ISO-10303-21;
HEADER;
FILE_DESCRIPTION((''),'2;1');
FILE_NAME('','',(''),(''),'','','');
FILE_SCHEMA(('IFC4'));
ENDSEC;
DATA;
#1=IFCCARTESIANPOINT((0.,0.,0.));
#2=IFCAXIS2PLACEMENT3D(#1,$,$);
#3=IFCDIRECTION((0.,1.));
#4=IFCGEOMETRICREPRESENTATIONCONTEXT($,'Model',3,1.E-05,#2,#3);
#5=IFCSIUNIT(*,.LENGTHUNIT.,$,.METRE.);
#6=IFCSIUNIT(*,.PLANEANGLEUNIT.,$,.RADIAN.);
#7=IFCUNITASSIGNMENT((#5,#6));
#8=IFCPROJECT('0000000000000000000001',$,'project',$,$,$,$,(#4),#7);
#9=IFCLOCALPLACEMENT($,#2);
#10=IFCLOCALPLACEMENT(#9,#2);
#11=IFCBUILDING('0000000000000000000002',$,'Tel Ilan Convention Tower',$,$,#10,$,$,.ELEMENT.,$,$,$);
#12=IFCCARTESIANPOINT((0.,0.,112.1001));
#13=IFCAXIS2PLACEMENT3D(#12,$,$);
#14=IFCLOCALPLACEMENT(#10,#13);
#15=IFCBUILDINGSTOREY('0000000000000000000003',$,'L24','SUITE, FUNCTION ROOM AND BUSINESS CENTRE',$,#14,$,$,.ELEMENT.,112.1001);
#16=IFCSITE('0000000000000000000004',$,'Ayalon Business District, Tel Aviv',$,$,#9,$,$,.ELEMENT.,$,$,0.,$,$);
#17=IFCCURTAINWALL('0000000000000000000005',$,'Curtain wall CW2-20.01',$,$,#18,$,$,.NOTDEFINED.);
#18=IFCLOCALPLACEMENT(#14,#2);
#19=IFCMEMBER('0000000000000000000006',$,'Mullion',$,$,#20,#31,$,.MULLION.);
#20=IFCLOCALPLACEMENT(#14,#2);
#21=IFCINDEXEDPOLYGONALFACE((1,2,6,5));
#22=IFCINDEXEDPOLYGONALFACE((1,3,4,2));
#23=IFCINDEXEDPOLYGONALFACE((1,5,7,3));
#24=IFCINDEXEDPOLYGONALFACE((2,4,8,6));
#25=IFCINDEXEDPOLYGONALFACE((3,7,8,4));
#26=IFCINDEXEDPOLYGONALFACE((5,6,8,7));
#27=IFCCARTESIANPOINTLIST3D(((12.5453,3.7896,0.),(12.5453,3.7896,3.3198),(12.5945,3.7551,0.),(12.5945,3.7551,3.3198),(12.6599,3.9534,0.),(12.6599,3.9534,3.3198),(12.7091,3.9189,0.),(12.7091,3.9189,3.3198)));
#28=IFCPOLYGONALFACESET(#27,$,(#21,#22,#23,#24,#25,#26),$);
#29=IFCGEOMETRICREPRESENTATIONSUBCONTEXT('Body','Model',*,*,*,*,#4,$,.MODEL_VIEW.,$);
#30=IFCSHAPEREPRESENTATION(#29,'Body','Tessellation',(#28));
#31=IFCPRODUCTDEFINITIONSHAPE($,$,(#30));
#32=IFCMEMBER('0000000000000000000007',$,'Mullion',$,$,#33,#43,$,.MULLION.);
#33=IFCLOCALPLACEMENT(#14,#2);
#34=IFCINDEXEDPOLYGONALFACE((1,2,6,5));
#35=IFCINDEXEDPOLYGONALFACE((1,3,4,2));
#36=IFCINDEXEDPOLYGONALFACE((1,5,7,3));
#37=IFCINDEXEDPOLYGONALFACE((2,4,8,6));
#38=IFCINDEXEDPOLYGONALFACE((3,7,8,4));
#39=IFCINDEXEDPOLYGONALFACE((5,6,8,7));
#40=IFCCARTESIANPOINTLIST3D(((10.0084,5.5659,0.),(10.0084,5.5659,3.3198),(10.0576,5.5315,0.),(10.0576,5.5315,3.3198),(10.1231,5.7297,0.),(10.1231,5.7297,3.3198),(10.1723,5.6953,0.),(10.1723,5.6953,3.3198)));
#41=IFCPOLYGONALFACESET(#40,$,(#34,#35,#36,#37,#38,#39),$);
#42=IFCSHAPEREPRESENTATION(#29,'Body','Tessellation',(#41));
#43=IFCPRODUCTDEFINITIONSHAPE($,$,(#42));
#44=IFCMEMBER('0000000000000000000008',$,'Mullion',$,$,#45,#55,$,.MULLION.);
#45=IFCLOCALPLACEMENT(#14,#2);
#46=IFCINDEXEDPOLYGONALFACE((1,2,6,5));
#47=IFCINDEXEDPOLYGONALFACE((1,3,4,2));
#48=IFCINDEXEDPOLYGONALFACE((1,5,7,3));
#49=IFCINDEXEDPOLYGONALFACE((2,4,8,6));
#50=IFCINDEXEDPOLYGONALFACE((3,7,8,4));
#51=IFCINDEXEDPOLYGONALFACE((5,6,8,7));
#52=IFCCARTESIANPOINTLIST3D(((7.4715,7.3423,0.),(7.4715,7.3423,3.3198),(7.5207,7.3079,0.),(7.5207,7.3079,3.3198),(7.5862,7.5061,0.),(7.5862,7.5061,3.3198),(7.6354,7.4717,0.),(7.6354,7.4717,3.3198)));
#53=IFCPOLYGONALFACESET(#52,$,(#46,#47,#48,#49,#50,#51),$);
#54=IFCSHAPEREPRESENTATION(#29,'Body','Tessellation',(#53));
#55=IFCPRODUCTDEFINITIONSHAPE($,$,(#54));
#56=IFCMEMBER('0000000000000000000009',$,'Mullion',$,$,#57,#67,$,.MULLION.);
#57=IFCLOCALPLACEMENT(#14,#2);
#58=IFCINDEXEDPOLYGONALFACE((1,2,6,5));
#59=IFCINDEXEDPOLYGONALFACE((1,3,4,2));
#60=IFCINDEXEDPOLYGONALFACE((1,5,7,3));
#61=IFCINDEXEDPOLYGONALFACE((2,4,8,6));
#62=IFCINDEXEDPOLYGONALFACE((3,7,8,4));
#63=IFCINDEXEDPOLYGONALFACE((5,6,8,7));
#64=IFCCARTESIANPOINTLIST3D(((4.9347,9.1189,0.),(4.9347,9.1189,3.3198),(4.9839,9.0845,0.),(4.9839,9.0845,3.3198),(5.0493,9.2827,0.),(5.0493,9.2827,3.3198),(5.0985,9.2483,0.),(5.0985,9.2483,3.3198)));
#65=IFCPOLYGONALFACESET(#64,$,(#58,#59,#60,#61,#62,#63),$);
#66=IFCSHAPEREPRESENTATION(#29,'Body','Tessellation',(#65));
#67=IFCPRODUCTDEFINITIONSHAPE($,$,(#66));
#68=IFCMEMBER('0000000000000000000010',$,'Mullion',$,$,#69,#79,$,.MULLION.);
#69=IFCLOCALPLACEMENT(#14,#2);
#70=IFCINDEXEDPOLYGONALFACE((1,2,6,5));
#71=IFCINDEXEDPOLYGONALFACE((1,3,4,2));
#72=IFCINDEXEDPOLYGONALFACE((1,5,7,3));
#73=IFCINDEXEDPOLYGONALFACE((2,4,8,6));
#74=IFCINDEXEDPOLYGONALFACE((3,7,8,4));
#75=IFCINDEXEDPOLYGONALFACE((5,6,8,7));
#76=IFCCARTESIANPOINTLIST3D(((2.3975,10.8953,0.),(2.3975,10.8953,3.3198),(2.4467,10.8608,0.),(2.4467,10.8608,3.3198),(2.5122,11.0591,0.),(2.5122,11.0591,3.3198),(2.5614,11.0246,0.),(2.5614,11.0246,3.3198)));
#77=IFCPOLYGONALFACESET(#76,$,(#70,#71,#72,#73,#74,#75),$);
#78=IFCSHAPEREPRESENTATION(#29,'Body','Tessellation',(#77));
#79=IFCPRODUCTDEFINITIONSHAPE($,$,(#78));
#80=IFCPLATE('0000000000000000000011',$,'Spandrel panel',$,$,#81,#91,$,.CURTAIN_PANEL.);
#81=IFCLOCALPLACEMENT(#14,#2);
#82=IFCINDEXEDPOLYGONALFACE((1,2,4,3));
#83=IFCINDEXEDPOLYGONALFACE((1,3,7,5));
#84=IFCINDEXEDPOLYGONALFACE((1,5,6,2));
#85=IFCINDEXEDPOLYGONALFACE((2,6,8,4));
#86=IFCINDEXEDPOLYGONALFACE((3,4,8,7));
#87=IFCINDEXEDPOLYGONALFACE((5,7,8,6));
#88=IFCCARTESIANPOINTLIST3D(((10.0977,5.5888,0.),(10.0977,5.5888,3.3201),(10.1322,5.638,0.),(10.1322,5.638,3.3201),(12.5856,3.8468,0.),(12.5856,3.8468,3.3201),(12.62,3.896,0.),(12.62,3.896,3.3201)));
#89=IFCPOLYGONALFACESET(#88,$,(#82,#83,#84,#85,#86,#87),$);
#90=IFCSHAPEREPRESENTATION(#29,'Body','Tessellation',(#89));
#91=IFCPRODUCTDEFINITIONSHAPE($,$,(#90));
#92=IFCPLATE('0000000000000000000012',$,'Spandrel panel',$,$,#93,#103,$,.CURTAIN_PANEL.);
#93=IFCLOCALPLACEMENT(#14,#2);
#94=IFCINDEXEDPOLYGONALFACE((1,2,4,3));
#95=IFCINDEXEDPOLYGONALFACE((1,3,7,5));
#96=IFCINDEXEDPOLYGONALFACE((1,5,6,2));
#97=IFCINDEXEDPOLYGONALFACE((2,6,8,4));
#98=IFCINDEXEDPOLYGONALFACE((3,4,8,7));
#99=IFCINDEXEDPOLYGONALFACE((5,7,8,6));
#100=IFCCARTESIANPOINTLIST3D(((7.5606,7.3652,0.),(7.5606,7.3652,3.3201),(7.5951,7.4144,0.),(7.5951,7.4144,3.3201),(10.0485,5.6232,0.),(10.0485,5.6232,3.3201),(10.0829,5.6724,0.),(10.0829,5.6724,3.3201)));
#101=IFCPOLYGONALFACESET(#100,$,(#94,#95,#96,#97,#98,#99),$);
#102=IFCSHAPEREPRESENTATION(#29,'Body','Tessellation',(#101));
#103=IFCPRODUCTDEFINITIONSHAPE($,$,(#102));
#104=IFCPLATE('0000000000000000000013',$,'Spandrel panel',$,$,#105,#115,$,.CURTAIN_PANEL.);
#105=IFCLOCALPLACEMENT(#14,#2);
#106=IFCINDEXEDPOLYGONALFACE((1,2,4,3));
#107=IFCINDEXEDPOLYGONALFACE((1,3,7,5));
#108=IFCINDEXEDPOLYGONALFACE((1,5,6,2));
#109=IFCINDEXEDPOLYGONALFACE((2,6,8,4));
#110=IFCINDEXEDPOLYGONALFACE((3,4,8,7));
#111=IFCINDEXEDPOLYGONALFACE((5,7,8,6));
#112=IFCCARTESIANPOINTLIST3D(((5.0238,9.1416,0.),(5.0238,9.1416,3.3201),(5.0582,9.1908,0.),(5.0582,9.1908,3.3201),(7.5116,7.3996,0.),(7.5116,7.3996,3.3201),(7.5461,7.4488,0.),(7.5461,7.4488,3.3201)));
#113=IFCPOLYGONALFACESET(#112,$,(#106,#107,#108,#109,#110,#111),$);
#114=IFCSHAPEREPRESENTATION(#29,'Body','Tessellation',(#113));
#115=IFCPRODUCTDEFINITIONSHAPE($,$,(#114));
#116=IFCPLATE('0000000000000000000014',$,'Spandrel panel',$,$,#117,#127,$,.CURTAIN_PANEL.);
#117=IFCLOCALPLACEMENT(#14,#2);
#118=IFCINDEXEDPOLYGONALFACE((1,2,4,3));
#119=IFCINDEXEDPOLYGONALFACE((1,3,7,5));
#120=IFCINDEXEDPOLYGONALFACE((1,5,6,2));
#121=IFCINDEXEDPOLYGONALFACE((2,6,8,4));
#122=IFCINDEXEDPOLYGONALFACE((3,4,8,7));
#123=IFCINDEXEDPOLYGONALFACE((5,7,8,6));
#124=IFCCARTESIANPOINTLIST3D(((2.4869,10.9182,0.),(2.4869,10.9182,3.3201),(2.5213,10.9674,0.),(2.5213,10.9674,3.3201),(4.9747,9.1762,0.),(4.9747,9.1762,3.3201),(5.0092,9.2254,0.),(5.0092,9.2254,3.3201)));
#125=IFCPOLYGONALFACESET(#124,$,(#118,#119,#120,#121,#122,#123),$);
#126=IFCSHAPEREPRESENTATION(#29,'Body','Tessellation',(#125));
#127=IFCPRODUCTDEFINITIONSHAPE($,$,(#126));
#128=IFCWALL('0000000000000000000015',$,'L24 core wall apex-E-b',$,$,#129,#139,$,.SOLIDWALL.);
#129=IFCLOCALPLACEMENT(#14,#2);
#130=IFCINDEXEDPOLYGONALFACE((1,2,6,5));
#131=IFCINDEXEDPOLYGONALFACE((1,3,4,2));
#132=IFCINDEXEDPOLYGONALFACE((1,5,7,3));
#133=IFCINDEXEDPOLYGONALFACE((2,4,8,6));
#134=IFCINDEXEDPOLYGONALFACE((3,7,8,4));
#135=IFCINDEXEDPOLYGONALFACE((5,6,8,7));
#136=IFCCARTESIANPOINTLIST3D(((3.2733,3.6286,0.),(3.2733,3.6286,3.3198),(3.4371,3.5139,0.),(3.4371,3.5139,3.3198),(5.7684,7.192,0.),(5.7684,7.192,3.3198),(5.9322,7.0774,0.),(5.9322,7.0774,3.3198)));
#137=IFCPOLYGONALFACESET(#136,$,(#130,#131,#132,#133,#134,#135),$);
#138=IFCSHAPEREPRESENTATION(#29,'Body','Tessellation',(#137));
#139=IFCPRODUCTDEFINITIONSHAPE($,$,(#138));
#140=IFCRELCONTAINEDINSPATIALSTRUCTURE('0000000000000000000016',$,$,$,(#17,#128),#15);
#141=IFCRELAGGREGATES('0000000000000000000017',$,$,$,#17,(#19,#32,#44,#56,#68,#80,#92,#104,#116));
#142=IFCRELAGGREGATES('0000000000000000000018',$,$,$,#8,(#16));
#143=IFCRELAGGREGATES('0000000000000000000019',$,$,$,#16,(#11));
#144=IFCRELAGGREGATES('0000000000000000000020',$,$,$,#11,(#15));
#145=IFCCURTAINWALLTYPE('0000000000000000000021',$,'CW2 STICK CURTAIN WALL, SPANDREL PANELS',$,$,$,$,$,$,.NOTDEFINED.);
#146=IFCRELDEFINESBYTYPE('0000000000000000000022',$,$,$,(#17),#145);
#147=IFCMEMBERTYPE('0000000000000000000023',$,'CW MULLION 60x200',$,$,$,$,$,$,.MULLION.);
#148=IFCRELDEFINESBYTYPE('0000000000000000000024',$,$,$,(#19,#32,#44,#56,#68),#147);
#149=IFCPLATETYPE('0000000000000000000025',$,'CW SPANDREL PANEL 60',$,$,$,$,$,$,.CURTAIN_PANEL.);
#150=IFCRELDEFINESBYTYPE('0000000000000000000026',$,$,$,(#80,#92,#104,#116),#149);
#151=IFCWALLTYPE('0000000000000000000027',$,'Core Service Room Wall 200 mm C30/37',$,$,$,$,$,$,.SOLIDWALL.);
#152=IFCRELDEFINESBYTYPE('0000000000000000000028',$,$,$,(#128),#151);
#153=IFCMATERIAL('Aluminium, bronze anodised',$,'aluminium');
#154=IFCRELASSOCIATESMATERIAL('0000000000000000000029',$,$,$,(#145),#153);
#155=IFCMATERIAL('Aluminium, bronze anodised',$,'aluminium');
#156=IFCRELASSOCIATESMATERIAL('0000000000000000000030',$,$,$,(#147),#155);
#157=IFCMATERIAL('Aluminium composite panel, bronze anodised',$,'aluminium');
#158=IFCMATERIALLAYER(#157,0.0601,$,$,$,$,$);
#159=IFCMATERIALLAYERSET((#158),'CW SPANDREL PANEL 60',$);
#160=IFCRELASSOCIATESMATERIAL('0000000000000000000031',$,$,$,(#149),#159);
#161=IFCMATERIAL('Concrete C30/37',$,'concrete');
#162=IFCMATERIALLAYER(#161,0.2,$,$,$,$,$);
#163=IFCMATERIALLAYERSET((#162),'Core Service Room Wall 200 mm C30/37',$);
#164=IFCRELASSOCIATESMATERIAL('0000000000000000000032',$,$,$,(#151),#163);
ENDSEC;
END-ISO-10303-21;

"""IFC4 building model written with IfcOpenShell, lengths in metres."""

from ifc_helpers import new_model, si_unit, direction, frame, frame_2d, origin, origin_2d, place, context, subcontext, project, spatial, rectangle, extrude, material, layer, layer_set, material_profile, profile_set, type_object, element, aggregate, save


model = new_model("IFC4")

# Units and contexts
model_context = context("Model", 3, precision=1e-05, world=origin(), true_north=direction((0.0, 1.0)))
body_context = subcontext(model_context, "Body", "Model", "MODEL_VIEW")
ifc_project = project(units=[si_unit("LENGTHUNIT", "METRE"), si_unit("PLANEANGLEUNIT", "RADIAN")], contexts=[model_context])

# Site, building, storey
site_placement = place(None, origin())
site = spatial("IfcSite", under=ifc_project, at=site_placement, Name="Ayalon Business District, Tel Aviv", CompositionType="ELEMENT", RefElevation=0.0)
building_placement = place(site_placement, origin())
building = spatial("IfcBuilding", under=site, at=building_placement, Name="Tel Ilan Convention Tower", CompositionType="ELEMENT")
storey_placement = place(building_placement, frame((0.0, 0.0, 112.1001)))
storey = spatial("IfcBuildingStorey", under=building, at=storey_placement, Name="L24", Description="SUITE, FUNCTION ROOM AND BUSINESS CENTRE", CompositionType="ELEMENT", Elevation=112.1001)

# Curtain wall, members, plates
ifc_material_1 = material(Name="Aluminium, bronze anodised", Category="aluminium")
curtain_wall_type = type_object("IfcCurtainWallType", Name="CW2 STICK CURTAIN WALL, SPANDREL PANELS", PredefinedType="NOTDEFINED", material=ifc_material_1)
curtain_wall_placement = place(storey_placement, origin())
curtain_wall = element("IfcCurtainWall", 1, at=curtain_wall_placement, inside=storey, type_object=curtain_wall_type, Name="Curtain wall CW2-20.01", PredefinedType="NOTDEFINED")
ifc_material_2 = material(Name="Aluminium, bronze anodised", Category="aluminium")
ifc_material_profile = material_profile(ifc_material_2, rectangle(XDim=0.0601, YDim=0.2, at=origin_2d()), Name="CW MULLION 60x200")
ifc_profile_set = profile_set([ifc_material_profile], Name="Aluminium, bronze anodised")
member_type = type_object("IfcMemberType", Name="CW MULLION 60x200", PredefinedType="MULLION", material=ifc_profile_set)
member_1_placement = place(storey_placement, frame((12.6272, 3.8542, 0.0), z_axis=(0.0, 0.0, 1.0), x_axis=(-0.819152, 0.573576, 0.0)))
member_1 = element("IfcMember", 2, at=member_1_placement, type_object=member_type, Name="Mullion", PredefinedType="MULLION", context=body_context, shape_type="SweptSolid", body=[
    extrude(rectangle(XDim=0.0601, YDim=0.2, at=origin_2d()), origin(), (0.0, 0.0, 1.0), 3.3198),
])
member_2_placement = place(storey_placement, frame((10.0903, 5.6306, 0.0), z_axis=(0.0, 0.0, 1.0), x_axis=(-0.819152, 0.573576, 0.0)))
member_2 = element("IfcMember", 3, at=member_2_placement, type_object=member_type, Name="Mullion", PredefinedType="MULLION", context=body_context, shape_type="SweptSolid", body=[
    extrude(rectangle(XDim=0.0601, YDim=0.2, at=origin_2d()), origin(), (0.0, 0.0, 1.0), 3.3198),
])
member_3_placement = place(storey_placement, frame((7.5535, 7.407, 0.0), z_axis=(0.0, 0.0, 1.0), x_axis=(-0.819152, 0.573576, 0.0)))
member_3 = element("IfcMember", 4, at=member_3_placement, type_object=member_type, Name="Mullion", PredefinedType="MULLION", context=body_context, shape_type="SweptSolid", body=[
    extrude(rectangle(XDim=0.0601, YDim=0.2, at=origin_2d()), origin(), (0.0, 0.0, 1.0), 3.3198),
])
member_4_placement = place(storey_placement, frame((5.0166, 9.1836, 0.0), z_axis=(0.0, 0.0, 1.0), x_axis=(-0.819152, 0.573576, 0.0)))
member_4 = element("IfcMember", 5, at=member_4_placement, type_object=member_type, Name="Mullion", PredefinedType="MULLION", context=body_context, shape_type="SweptSolid", body=[
    extrude(rectangle(XDim=0.0601, YDim=0.2, at=origin_2d()), origin(), (0.0, 0.0, 1.0), 3.3198),
])
member_5_placement = place(storey_placement, frame((2.4795, 10.96, 0.0), z_axis=(0.0, 0.0, 1.0), x_axis=(-0.819152, 0.573576, 0.0)))
member_5 = element("IfcMember", 6, at=member_5_placement, type_object=member_type, Name="Mullion", PredefinedType="MULLION", context=body_context, shape_type="SweptSolid", body=[
    extrude(rectangle(XDim=0.0601, YDim=0.2, at=origin_2d()), origin(), (0.0, 0.0, 1.0), 3.3198),
])
ifc_material_3 = material(Name="Aluminium composite panel, bronze anodised", Category="aluminium")
ifc_layer_1 = layer(ifc_material_3, 0.0601)
ifc_layer_set_1 = layer_set([ifc_layer_1], Name="CW SPANDREL PANEL 60")
plate_type = type_object("IfcPlateType", Name="CW SPANDREL PANEL 60", PredefinedType="CURTAIN_PANEL", material=ifc_layer_set_1)
plate_1_placement = place(storey_placement, frame((11.3589, 4.7424, 0.0), z_axis=(0.0, 0.0, 1.0), x_axis=(-0.819152, 0.573576, 0.0)))
plate_1 = element("IfcPlate", 7, at=plate_1_placement, type_object=plate_type, Name="Spandrel panel", PredefinedType="CURTAIN_PANEL", context=body_context, shape_type="SweptSolid", body=[
    extrude(rectangle(XDim=3.0371, YDim=0.0601, at=origin_2d()), origin(), (0.0, 0.0, 1.0), 3.3201),
])
plate_2_placement = place(storey_placement, frame((8.8218, 6.5188, 0.0), z_axis=(0.0, 0.0, 1.0), x_axis=(-0.819152, 0.573576, 0.0)))
plate_2 = element("IfcPlate", 8, at=plate_2_placement, type_object=plate_type, Name="Spandrel panel", PredefinedType="CURTAIN_PANEL", context=body_context, shape_type="SweptSolid", body=[
    extrude(rectangle(XDim=3.0371, YDim=0.0601, at=origin_2d()), origin(), (0.0, 0.0, 1.0), 3.3201),
])
plate_3_placement = place(storey_placement, frame((6.2849, 8.2952, 0.0), z_axis=(0.0, 0.0, 1.0), x_axis=(-0.819152, 0.573576, 0.0)))
plate_3 = element("IfcPlate", 9, at=plate_3_placement, type_object=plate_type, Name="Spandrel panel", PredefinedType="CURTAIN_PANEL", context=body_context, shape_type="SweptSolid", body=[
    extrude(rectangle(XDim=3.0371, YDim=0.0601, at=origin_2d()), origin(), (0.0, 0.0, 1.0), 3.3201),
])
plate_4_placement = place(storey_placement, frame((3.748, 10.0718, 0.0), z_axis=(0.0, 0.0, 1.0), x_axis=(-0.819152, 0.573576, 0.0)))
plate_4 = element("IfcPlate", 10, at=plate_4_placement, type_object=plate_type, Name="Spandrel panel", PredefinedType="CURTAIN_PANEL", context=body_context, shape_type="SweptSolid", body=[
    extrude(rectangle(XDim=3.0371, YDim=0.0601, at=origin_2d()), origin(), (0.0, 0.0, 1.0), 3.3201),
])
aggregate(curtain_wall, [member_1, member_2, member_3, member_4, member_5, plate_1, plate_2, plate_3, plate_4])

# Wall
ifc_material_4 = material(Name="Concrete C30/37", Category="concrete")
ifc_layer_2 = layer(ifc_material_4, 0.2)
ifc_layer_set_2 = layer_set([ifc_layer_2], Name="Core Service Room Wall 200 mm C30/37")
wall_type_1 = type_object("IfcWallType", Name="Core Service Room Wall 200 mm C30/37", PredefinedType="SOLIDWALL", material=ifc_layer_set_2)
wall_1_placement = place(storey_placement, frame((3.3552, 3.5713, 0.0), z_axis=(0.0, 0.0, 1.0), x_axis=(0.573568, 0.819158, 0.0)))
element("IfcWall", 11, at=wall_1_placement, inside=storey, type_object=wall_type_1, Name="L24 core wall apex-E-b", PredefinedType="SOLIDWALL", context=body_context, shape_type="SweptSolid", body=[
    extrude(rectangle(XDim=4.3501, YDim=0.2, at=frame_2d((2.175, 0.0))), origin(), (0.0, 0.0, 1.0), 3.3198),
])

save(model, "model.ifc")
